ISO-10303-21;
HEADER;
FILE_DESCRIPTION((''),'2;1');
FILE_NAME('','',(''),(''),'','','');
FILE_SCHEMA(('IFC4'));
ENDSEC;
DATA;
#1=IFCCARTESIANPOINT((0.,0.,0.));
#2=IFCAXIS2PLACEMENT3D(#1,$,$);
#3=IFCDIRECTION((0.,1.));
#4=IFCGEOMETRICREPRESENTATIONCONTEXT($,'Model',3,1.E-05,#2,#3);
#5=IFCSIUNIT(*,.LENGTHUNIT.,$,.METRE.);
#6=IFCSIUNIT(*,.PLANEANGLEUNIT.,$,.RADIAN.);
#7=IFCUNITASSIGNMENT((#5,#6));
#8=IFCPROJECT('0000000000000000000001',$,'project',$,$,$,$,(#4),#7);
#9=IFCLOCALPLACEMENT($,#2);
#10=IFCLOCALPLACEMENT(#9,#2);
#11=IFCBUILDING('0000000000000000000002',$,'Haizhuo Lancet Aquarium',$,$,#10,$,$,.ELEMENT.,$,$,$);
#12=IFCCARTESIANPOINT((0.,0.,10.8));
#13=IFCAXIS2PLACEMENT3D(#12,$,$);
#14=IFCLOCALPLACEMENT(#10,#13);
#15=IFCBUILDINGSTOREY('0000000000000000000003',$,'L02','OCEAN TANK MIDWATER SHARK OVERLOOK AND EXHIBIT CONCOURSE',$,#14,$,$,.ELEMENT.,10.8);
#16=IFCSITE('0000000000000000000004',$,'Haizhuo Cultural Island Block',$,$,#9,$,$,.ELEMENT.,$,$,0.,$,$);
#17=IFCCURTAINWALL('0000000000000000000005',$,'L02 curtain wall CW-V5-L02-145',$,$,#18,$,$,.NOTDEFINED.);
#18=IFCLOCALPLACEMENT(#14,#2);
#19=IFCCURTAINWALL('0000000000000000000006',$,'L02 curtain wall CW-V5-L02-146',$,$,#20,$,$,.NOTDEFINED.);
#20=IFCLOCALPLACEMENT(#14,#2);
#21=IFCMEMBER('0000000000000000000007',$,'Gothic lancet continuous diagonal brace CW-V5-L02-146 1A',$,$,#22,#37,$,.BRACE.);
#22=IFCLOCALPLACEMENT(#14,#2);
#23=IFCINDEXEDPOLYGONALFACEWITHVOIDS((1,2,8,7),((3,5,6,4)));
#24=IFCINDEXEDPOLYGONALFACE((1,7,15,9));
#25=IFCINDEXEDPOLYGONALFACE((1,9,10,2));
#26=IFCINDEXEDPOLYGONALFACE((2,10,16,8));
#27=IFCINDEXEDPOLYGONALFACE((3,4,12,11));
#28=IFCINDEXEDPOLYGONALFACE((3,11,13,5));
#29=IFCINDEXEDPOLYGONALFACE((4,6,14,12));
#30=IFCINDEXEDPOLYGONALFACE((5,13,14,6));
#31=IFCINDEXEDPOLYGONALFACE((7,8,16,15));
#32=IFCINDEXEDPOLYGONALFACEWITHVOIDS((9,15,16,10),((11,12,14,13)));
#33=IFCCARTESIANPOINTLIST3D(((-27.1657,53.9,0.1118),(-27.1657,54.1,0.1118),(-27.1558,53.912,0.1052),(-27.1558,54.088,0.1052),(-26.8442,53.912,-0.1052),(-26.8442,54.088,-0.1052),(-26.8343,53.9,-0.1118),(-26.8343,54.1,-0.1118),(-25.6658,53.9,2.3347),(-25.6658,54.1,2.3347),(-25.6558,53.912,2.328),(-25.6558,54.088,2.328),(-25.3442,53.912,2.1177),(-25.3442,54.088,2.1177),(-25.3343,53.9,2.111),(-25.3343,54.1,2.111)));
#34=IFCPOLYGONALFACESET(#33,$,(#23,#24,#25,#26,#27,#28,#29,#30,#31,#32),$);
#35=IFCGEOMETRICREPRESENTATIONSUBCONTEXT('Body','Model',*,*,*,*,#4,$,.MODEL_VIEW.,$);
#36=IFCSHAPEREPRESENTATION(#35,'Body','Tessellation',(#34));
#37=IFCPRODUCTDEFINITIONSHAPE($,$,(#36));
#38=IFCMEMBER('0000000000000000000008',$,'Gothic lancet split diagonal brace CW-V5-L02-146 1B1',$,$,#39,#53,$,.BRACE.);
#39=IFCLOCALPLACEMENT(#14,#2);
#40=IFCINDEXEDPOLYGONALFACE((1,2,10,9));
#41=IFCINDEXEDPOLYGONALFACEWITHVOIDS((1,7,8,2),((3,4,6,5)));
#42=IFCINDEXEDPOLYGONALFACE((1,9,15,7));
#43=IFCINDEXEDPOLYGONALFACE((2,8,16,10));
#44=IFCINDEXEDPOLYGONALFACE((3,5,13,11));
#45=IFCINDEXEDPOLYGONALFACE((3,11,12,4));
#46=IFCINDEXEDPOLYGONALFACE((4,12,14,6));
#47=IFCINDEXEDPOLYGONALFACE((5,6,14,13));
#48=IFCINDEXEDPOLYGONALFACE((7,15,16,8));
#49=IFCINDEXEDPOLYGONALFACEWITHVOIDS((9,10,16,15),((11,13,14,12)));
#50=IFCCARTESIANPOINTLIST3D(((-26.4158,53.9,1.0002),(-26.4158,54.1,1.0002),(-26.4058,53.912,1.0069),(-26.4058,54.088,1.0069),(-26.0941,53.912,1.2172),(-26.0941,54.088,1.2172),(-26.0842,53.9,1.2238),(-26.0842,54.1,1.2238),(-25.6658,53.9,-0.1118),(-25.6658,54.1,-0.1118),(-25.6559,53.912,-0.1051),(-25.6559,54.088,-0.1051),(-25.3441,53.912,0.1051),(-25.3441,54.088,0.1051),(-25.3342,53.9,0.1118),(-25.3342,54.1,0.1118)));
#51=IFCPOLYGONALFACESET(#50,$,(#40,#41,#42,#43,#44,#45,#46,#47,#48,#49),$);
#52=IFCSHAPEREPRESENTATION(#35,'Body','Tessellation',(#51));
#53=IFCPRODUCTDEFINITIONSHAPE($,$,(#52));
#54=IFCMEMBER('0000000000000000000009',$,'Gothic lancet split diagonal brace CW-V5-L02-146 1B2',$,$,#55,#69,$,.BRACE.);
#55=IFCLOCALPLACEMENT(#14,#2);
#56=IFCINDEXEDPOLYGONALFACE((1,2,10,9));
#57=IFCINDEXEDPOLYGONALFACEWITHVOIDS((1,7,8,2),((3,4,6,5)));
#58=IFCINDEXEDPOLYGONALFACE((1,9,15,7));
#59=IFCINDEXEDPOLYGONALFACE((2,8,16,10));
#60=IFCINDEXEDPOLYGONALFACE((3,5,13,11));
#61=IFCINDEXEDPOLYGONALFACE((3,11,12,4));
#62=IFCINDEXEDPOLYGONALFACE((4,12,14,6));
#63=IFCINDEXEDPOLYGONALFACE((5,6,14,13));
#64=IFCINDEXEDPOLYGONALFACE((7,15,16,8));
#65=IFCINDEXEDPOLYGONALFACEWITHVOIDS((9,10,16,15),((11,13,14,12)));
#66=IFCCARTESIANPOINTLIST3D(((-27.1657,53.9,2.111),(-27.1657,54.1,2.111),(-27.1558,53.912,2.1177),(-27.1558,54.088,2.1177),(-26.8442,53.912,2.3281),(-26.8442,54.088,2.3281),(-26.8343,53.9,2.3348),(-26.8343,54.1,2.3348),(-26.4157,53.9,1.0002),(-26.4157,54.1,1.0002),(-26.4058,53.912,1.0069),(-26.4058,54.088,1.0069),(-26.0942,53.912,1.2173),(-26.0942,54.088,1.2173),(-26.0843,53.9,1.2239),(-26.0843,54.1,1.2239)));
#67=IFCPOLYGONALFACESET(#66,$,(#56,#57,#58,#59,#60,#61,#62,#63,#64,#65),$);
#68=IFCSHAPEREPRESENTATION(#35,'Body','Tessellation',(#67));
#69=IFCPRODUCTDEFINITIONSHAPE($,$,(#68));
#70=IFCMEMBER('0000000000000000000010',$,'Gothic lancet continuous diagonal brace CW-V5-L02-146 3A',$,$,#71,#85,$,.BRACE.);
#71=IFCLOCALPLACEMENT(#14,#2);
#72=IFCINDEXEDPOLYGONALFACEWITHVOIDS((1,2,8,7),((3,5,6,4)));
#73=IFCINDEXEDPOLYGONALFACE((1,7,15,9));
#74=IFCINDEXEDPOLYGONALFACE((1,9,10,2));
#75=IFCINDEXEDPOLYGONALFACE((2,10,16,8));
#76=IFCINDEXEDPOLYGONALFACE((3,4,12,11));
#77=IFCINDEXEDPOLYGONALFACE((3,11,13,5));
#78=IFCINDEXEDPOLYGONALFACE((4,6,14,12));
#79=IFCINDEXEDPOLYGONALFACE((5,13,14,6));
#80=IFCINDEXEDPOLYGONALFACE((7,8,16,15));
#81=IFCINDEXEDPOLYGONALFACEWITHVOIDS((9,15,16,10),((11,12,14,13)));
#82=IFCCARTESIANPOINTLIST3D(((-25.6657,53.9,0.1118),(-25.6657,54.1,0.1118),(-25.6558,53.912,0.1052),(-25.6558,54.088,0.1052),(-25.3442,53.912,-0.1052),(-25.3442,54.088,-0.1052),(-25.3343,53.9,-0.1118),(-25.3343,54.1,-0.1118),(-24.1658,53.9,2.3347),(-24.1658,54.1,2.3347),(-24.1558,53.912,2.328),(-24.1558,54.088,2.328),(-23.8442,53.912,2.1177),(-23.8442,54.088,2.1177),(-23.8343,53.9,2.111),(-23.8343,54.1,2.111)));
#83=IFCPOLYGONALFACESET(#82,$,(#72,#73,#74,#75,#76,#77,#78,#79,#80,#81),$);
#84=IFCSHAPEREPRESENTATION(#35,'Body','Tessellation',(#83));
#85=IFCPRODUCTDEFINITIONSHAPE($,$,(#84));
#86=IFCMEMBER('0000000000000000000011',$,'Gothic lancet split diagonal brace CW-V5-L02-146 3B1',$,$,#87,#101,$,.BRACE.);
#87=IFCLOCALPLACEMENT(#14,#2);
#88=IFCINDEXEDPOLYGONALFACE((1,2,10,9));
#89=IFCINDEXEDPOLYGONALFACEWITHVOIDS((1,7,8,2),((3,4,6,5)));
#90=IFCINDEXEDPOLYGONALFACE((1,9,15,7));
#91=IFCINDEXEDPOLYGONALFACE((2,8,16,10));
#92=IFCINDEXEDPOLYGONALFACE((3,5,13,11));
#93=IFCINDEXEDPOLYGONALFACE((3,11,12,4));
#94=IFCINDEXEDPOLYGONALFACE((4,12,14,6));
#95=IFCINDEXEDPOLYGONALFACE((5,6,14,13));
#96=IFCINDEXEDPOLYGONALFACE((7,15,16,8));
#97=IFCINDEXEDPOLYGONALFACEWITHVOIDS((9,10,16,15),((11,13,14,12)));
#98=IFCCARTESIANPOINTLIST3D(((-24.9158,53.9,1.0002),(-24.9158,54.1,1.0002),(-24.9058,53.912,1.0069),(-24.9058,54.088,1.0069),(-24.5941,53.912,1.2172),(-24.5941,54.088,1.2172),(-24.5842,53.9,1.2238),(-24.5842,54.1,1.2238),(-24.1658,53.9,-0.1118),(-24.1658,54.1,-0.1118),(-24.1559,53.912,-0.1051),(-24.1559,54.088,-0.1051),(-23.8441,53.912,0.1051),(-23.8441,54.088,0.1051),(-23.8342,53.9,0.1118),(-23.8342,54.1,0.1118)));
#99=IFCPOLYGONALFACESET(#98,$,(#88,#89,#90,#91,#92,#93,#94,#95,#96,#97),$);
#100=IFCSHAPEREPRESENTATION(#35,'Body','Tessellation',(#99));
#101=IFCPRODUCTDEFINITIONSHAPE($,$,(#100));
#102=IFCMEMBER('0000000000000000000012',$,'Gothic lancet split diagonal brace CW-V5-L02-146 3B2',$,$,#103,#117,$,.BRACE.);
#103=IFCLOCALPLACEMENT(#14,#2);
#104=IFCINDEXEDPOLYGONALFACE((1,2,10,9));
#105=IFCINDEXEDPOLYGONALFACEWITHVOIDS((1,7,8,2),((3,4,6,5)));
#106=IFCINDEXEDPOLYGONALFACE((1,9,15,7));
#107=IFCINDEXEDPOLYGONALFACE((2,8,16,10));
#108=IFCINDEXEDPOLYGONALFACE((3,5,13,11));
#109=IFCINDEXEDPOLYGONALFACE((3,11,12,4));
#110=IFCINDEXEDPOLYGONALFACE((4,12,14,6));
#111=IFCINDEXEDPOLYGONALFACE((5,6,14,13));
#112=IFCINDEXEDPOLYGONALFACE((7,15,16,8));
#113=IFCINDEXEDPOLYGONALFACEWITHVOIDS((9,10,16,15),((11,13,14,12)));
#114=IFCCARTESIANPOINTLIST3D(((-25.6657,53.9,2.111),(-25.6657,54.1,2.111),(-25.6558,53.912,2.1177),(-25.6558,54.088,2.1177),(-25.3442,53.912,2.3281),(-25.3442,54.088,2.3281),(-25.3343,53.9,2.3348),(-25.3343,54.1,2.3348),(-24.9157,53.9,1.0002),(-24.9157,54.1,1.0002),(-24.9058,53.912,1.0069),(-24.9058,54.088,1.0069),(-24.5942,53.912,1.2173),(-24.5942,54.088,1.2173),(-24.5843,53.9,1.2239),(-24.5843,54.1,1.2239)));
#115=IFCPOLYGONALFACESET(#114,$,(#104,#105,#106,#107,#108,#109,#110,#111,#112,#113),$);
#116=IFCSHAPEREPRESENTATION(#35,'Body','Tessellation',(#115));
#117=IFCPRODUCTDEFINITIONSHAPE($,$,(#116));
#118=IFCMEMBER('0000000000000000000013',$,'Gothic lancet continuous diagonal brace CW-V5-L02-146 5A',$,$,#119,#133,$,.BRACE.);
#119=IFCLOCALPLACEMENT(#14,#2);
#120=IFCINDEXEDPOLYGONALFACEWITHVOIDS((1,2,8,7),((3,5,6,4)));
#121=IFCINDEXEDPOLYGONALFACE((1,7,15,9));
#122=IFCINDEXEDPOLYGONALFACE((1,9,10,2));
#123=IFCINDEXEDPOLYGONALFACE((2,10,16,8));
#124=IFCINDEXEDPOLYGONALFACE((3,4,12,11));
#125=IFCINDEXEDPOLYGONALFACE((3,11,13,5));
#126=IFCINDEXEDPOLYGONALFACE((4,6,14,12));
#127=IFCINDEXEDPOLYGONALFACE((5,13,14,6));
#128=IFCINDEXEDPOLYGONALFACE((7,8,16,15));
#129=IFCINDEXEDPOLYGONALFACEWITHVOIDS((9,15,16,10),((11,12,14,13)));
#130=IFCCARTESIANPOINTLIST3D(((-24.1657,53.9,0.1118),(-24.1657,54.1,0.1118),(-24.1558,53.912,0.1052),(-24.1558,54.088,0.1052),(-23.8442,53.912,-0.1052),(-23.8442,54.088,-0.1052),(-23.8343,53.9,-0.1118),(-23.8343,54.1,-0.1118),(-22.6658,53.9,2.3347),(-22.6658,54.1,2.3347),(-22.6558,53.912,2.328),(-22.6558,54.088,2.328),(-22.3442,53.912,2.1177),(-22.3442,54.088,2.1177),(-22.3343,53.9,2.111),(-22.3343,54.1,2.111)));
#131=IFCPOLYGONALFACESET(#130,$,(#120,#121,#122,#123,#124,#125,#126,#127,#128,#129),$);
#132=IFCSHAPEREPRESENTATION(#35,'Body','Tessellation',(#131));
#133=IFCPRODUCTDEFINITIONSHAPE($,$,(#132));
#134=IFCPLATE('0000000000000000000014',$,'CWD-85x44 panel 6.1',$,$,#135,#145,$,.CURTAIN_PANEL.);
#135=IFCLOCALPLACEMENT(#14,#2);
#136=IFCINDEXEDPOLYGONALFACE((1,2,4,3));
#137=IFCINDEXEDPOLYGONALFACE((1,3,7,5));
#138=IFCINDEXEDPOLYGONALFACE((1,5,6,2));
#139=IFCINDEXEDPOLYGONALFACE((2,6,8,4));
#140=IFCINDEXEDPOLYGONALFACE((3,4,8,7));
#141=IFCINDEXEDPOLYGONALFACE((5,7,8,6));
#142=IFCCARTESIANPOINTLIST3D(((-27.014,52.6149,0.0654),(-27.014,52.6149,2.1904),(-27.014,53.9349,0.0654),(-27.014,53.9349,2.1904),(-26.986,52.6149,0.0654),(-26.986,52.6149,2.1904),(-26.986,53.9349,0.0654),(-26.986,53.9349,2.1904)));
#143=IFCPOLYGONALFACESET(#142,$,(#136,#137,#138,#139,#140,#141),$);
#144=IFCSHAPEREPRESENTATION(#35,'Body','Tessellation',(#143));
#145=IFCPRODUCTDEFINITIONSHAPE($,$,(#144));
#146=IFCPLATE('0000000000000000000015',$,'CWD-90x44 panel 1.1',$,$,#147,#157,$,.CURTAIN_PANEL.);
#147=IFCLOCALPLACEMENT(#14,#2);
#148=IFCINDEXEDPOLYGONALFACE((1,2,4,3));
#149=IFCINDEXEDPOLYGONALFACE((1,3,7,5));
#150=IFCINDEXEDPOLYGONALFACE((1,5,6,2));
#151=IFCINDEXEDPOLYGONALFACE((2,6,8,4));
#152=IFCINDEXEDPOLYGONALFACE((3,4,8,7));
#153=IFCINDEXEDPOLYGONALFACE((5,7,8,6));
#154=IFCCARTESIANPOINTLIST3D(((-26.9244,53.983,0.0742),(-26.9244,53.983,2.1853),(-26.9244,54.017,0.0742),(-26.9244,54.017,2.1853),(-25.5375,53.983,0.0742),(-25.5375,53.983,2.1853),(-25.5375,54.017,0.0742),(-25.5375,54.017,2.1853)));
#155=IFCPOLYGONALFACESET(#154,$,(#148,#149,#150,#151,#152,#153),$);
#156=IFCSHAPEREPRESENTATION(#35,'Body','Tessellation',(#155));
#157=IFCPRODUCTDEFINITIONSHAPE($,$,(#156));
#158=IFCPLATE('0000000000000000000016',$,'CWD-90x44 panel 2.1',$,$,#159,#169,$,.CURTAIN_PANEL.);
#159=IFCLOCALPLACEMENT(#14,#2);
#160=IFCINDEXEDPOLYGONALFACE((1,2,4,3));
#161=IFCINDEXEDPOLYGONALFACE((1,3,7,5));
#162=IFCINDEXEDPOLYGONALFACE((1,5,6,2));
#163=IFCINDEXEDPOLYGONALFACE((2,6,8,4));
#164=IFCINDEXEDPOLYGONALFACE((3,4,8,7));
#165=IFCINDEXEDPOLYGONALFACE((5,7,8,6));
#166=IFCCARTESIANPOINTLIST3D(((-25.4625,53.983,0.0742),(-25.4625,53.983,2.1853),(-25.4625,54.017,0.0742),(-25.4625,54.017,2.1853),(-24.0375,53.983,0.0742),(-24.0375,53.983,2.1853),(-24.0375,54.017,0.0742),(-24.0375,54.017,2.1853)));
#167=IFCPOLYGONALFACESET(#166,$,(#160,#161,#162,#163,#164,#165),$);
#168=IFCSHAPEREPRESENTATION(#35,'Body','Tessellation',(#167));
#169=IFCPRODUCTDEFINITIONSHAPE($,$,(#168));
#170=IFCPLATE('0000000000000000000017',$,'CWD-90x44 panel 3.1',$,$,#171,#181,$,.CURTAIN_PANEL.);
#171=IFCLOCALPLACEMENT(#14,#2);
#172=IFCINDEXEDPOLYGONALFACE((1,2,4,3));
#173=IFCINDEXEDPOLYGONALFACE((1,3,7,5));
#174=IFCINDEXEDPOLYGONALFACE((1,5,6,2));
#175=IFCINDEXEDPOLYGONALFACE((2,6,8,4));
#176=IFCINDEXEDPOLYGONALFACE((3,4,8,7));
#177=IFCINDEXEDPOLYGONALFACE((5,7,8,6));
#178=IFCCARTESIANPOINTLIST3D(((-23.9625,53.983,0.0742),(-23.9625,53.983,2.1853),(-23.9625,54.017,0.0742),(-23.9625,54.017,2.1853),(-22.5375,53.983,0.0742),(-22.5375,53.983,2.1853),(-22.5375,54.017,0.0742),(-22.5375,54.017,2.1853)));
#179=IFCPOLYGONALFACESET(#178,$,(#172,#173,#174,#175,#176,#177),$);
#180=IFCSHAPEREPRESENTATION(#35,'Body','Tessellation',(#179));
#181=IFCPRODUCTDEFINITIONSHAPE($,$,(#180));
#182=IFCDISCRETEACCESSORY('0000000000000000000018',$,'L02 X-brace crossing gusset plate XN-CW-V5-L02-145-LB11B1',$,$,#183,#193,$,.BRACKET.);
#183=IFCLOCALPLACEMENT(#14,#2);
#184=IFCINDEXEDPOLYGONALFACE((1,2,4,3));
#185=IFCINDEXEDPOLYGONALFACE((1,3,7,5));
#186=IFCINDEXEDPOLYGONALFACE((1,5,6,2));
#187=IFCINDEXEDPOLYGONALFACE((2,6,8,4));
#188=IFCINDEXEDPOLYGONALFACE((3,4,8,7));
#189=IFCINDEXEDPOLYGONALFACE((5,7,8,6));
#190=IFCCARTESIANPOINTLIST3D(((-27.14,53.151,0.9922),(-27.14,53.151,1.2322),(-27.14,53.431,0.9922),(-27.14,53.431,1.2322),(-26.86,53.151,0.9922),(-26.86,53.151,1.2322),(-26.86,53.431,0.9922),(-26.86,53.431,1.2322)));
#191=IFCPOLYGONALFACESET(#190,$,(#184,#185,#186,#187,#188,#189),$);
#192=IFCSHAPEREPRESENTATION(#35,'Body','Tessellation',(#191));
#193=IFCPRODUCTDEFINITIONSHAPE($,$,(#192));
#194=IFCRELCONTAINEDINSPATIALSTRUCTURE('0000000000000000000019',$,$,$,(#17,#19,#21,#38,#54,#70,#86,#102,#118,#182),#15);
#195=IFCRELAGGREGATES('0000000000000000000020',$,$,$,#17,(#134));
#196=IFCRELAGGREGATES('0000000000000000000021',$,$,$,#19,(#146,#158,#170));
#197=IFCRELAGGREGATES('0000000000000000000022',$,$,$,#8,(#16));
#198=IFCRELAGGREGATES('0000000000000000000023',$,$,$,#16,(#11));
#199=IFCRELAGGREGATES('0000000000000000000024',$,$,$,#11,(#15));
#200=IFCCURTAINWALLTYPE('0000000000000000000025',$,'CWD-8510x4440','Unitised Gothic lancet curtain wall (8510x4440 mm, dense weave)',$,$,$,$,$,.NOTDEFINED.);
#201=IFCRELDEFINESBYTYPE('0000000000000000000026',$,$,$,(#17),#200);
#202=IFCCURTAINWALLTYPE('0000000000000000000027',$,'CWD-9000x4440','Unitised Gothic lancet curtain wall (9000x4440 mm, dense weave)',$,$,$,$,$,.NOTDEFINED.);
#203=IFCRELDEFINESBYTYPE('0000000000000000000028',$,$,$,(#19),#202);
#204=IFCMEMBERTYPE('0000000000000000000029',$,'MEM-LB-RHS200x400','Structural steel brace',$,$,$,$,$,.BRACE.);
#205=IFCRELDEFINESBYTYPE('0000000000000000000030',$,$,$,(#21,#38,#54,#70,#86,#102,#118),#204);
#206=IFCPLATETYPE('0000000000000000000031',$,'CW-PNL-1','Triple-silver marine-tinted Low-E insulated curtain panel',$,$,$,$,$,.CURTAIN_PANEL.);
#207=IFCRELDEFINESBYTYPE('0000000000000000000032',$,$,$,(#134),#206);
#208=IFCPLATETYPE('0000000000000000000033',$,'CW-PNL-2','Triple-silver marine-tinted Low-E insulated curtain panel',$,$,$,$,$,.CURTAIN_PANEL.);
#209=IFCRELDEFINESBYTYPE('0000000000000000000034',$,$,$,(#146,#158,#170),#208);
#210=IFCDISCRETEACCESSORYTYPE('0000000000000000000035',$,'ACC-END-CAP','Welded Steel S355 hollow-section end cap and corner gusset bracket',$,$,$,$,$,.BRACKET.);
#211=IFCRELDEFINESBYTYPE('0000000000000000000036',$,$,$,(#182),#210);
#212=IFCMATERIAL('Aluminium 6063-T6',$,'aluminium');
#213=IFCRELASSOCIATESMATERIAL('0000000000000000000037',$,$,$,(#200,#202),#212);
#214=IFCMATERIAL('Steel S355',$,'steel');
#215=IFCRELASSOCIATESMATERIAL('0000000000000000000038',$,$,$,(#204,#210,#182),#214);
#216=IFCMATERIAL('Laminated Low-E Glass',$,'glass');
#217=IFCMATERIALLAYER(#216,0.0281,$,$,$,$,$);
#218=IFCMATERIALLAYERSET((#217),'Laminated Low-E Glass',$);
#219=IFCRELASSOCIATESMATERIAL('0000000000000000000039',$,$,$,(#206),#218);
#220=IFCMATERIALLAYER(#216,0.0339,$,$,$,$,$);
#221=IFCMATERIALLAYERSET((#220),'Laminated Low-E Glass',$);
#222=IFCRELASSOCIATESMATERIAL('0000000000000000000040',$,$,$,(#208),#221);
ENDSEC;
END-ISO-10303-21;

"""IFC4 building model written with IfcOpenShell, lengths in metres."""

from ifc_helpers import new_model, si_unit, direction, frame, origin, origin_2d, place, context, subcontext, project, spatial, rectangle, hollow_rectangle, extrude, material, layer, layer_set, material_profile, profile_set, type_object, element, aggregate, save


model = new_model("IFC4")

# Units and contexts
model_context = context("Model", 3, precision=1e-05, world=origin(), true_north=direction((0.0, 1.0)))
body_context = subcontext(model_context, "Body", "Model", "MODEL_VIEW")
ifc_project = project(units=[si_unit("LENGTHUNIT", "METRE"), si_unit("PLANEANGLEUNIT", "RADIAN")], contexts=[model_context])

# Site, building, storey
site_placement = place(None, origin())
site = spatial("IfcSite", under=ifc_project, at=site_placement, Name="Haizhuo Cultural Island Block", CompositionType="ELEMENT", RefElevation=0.0)
building_placement = place(site_placement, origin())
building = spatial("IfcBuilding", under=site, at=building_placement, Name="Haizhuo Lancet Aquarium", CompositionType="ELEMENT")
storey_placement = place(building_placement, frame((0.0, 0.0, 10.8)))
storey = spatial("IfcBuildingStorey", under=building, at=storey_placement, Name="L02", Description="OCEAN TANK MIDWATER SHARK OVERLOOK AND EXHIBIT CONCOURSE", CompositionType="ELEMENT", Elevation=10.8)

# Curtain wall
ifc_material_1 = material(Name="Aluminium 6063-T6", Category="aluminium")
curtain_wall_type_1 = type_object("IfcCurtainWallType", Name="CWD-8510x4440", Description="Unitised Gothic lancet curtain wall (8510x4440 mm, dense weave)", PredefinedType="NOTDEFINED", material=ifc_material_1)
curtain_wall_1_placement = place(storey_placement, origin())
curtain_wall_1 = element("IfcCurtainWall", 1, at=curtain_wall_1_placement, inside=storey, type_object=curtain_wall_type_1, Name="L02 curtain wall CW-V5-L02-145", PredefinedType="NOTDEFINED")

# Curtain wall
curtain_wall_type_2 = type_object("IfcCurtainWallType", Name="CWD-9000x4440", Description="Unitised Gothic lancet curtain wall (9000x4440 mm, dense weave)", PredefinedType="NOTDEFINED", material=ifc_material_1)
curtain_wall_2_placement = place(storey_placement, origin())
curtain_wall_2 = element("IfcCurtainWall", 2, at=curtain_wall_2_placement, inside=storey, type_object=curtain_wall_type_2, Name="L02 curtain wall CW-V5-L02-146", PredefinedType="NOTDEFINED")

# Members
ifc_material_2 = material(Name="Steel S355", Category="steel")
ifc_material_profile_1 = material_profile(ifc_material_2, hollow_rectangle(XDim=0.2, YDim=0.3999, WallThickness=0.012, at=origin_2d()), Name="RHS 200x400x12")
ifc_profile_set_1 = profile_set([ifc_material_profile_1], Name="Steel S355")
member_type_1 = type_object("IfcMemberType", Name="MEM-LB-RHS200x400", Description="Structural steel brace", PredefinedType="BRACE", material=ifc_profile_set_1)
member_1_placement = place(storey_placement, frame((-27.0, 54.0, 0.0), z_axis=(0.559356, 0.0, 0.828928), x_axis=(0.0, 1.0, 0.0)))
element("IfcMember", 3, at=member_1_placement, inside=storey, type_object=member_type_1, Name="Gothic lancet continuous diagonal brace CW-V5-L02-146 1A", PredefinedType="BRACE", context=body_context, shape_type="SweptSolid", body=[
    extrude(hollow_rectangle(XDim=0.2, YDim=0.3999, WallThickness=0.012, at=origin_2d()), origin(), (0.0, 0.0, 1.0), 2.6816),
])
member_2_placement = place(storey_placement, frame((-25.5, 54.0, 0.0), z_axis=(-0.559145, 0.0, 0.82907), x_axis=(0.0, -1.0, 0.0)))
element("IfcMember", 4, at=member_2_placement, inside=storey, type_object=member_type_1, Name="Gothic lancet split diagonal brace CW-V5-L02-146 1B1", PredefinedType="BRACE", context=body_context, shape_type="SweptSolid", body=[
    extrude(hollow_rectangle(XDim=0.2, YDim=0.3999, WallThickness=0.012, at=origin_2d()), origin(), (0.0, 0.0, 1.0), 1.3413),
])
member_3_placement = place(storey_placement, frame((-26.25, 54.0, 1.1121), z_axis=(-0.559567, 0.0, 0.828785), x_axis=(0.0, -1.0, 0.0)))
element("IfcMember", 5, at=member_3_placement, inside=storey, type_object=member_type_1, Name="Gothic lancet split diagonal brace CW-V5-L02-146 1B2", PredefinedType="BRACE", context=body_context, shape_type="SweptSolid", body=[
    extrude(hollow_rectangle(XDim=0.2, YDim=0.3999, WallThickness=0.012, at=origin_2d()), origin(), (0.0, 0.0, 1.0), 1.3403),
])
member_4_placement = place(storey_placement, frame((-25.5, 54.0, 0.0), z_axis=(0.559356, 0.0, 0.828928), x_axis=(0.0, 1.0, 0.0)))
element("IfcMember", 6, at=member_4_placement, inside=storey, type_object=member_type_1, Name="Gothic lancet continuous diagonal brace CW-V5-L02-146 3A", PredefinedType="BRACE", context=body_context, shape_type="SweptSolid", body=[
    extrude(hollow_rectangle(XDim=0.2, YDim=0.3999, WallThickness=0.012, at=origin_2d()), origin(), (0.0, 0.0, 1.0), 2.6816),
])
member_5_placement = place(storey_placement, frame((-24.0, 54.0, 0.0), z_axis=(-0.559145, 0.0, 0.82907), x_axis=(0.0, -1.0, 0.0)))
element("IfcMember", 7, at=member_5_placement, inside=storey, type_object=member_type_1, Name="Gothic lancet split diagonal brace CW-V5-L02-146 3B1", PredefinedType="BRACE", context=body_context, shape_type="SweptSolid", body=[
    extrude(hollow_rectangle(XDim=0.2, YDim=0.3999, WallThickness=0.012, at=origin_2d()), origin(), (0.0, 0.0, 1.0), 1.3413),
])
member_6_placement = place(storey_placement, frame((-24.75, 54.0, 1.1121), z_axis=(-0.559567, 0.0, 0.828785), x_axis=(0.0, -1.0, 0.0)))
element("IfcMember", 8, at=member_6_placement, inside=storey, type_object=member_type_1, Name="Gothic lancet split diagonal brace CW-V5-L02-146 3B2", PredefinedType="BRACE", context=body_context, shape_type="SweptSolid", body=[
    extrude(hollow_rectangle(XDim=0.2, YDim=0.3999, WallThickness=0.012, at=origin_2d()), origin(), (0.0, 0.0, 1.0), 1.3403),
])
member_7_placement = place(storey_placement, frame((-24.0, 54.0, 0.0), z_axis=(0.559356, 0.0, 0.828928), x_axis=(0.0, 1.0, 0.0)))
element("IfcMember", 9, at=member_7_placement, inside=storey, type_object=member_type_1, Name="Gothic lancet continuous diagonal brace CW-V5-L02-146 5A", PredefinedType="BRACE", context=body_context, shape_type="SweptSolid", body=[
    extrude(hollow_rectangle(XDim=0.2, YDim=0.3999, WallThickness=0.012, at=origin_2d()), origin(), (0.0, 0.0, 1.0), 2.6816),
])

# Plates
ifc_material_3 = material(Name="Laminated Low-E Glass", Category="glass")
ifc_layer_1 = layer(ifc_material_3, 0.0281)
ifc_layer_set_1 = layer_set([ifc_layer_1], Name="Laminated Low-E Glass")
plate_type_1 = type_object("IfcPlateType", Name="CW-PNL-1", Description="Triple-silver marine-tinted Low-E insulated curtain panel", PredefinedType="CURTAIN_PANEL", material=ifc_layer_set_1)
plate_1_placement = place(storey_placement, frame((-27.0, 53.2749, 0.0654), z_axis=(0.0, 0.0, 1.0), x_axis=(0.0, 1.0, 0.0)))
plate_1 = element("IfcPlate", 10, at=plate_1_placement, type_object=plate_type_1, Name="CWD-85x44 panel 6.1", PredefinedType="CURTAIN_PANEL", context=body_context, shape_type="SweptSolid", body=[
    extrude(rectangle(XDim=1.3201, YDim=0.0281, at=origin_2d()), origin(), (0.0, 0.0, 1.0), 2.125),
])
aggregate(curtain_wall_1, [plate_1])
ifc_layer_2 = layer(ifc_material_3, 0.0339)
ifc_layer_set_2 = layer_set([ifc_layer_2], Name="Laminated Low-E Glass")
plate_type_2 = type_object("IfcPlateType", Name="CW-PNL-2", Description="Triple-silver marine-tinted Low-E insulated curtain panel", PredefinedType="CURTAIN_PANEL", material=ifc_layer_set_2)
plate_2_placement = place(storey_placement, frame((-26.231, 54.0, 0.0742), z_axis=(0.0, 0.0, 1.0), x_axis=(1.0, 0.0, 0.0)))
plate_2 = element("IfcPlate", 11, at=plate_2_placement, type_object=plate_type_2, Name="CWD-90x44 panel 1.1", PredefinedType="CURTAIN_PANEL", context=body_context, shape_type="SweptSolid", body=[
    extrude(rectangle(XDim=1.387, YDim=0.0339, at=origin_2d()), origin(), (0.0, 0.0, 1.0), 2.1111),
])
plate_3_placement = place(storey_placement, frame((-24.75, 54.0, 0.0742), z_axis=(0.0, 0.0, 1.0), x_axis=(1.0, 0.0, 0.0)))
plate_3 = element("IfcPlate", 12, at=plate_3_placement, type_object=plate_type_2, Name="CWD-90x44 panel 2.1", PredefinedType="CURTAIN_PANEL", context=body_context, shape_type="SweptSolid", body=[
    extrude(rectangle(XDim=1.425, YDim=0.0339, at=origin_2d()), origin(), (0.0, 0.0, 1.0), 2.1111),
])
plate_4_placement = place(storey_placement, frame((-23.25, 54.0, 0.0742), z_axis=(0.0, 0.0, 1.0), x_axis=(1.0, 0.0, 0.0)))
plate_4 = element("IfcPlate", 13, at=plate_4_placement, type_object=plate_type_2, Name="CWD-90x44 panel 3.1", PredefinedType="CURTAIN_PANEL", context=body_context, shape_type="SweptSolid", body=[
    extrude(rectangle(XDim=1.425, YDim=0.0339, at=origin_2d()), origin(), (0.0, 0.0, 1.0), 2.1111),
])
aggregate(curtain_wall_2, [plate_2, plate_3, plate_4])

# Discrete accessory
discrete_accessory_type = type_object("IfcDiscreteAccessoryType", Name="ACC-END-CAP", Description="Welded Steel S355 hollow-section end cap and corner gusset bracket", PredefinedType="BRACKET", material=ifc_material_2)
for number, where, z_axis, x_axis, name in (
    (14, (-27.0, 53.291, 0.9922), (0.0, 0.0, 1.0), (1.0, 0.0, 0.0), "L02 X-brace crossing gusset plate XN-CW-V5-L02-145-LB11B1"),
):
    element("IfcDiscreteAccessory", number, at=place(storey_placement, frame(where, z_axis=z_axis, x_axis=x_axis)), inside=storey, type_object=discrete_accessory_type, material=ifc_material_2, Name=name, PredefinedType="BRACKET", context=body_context, shape_type="SweptSolid", body=[
        extrude(rectangle(XDim=0.28, YDim=0.28, at=origin_2d()), origin(), (0.0, 0.0, 1.0), 0.24),
    ])

save(model, "model.ifc")
